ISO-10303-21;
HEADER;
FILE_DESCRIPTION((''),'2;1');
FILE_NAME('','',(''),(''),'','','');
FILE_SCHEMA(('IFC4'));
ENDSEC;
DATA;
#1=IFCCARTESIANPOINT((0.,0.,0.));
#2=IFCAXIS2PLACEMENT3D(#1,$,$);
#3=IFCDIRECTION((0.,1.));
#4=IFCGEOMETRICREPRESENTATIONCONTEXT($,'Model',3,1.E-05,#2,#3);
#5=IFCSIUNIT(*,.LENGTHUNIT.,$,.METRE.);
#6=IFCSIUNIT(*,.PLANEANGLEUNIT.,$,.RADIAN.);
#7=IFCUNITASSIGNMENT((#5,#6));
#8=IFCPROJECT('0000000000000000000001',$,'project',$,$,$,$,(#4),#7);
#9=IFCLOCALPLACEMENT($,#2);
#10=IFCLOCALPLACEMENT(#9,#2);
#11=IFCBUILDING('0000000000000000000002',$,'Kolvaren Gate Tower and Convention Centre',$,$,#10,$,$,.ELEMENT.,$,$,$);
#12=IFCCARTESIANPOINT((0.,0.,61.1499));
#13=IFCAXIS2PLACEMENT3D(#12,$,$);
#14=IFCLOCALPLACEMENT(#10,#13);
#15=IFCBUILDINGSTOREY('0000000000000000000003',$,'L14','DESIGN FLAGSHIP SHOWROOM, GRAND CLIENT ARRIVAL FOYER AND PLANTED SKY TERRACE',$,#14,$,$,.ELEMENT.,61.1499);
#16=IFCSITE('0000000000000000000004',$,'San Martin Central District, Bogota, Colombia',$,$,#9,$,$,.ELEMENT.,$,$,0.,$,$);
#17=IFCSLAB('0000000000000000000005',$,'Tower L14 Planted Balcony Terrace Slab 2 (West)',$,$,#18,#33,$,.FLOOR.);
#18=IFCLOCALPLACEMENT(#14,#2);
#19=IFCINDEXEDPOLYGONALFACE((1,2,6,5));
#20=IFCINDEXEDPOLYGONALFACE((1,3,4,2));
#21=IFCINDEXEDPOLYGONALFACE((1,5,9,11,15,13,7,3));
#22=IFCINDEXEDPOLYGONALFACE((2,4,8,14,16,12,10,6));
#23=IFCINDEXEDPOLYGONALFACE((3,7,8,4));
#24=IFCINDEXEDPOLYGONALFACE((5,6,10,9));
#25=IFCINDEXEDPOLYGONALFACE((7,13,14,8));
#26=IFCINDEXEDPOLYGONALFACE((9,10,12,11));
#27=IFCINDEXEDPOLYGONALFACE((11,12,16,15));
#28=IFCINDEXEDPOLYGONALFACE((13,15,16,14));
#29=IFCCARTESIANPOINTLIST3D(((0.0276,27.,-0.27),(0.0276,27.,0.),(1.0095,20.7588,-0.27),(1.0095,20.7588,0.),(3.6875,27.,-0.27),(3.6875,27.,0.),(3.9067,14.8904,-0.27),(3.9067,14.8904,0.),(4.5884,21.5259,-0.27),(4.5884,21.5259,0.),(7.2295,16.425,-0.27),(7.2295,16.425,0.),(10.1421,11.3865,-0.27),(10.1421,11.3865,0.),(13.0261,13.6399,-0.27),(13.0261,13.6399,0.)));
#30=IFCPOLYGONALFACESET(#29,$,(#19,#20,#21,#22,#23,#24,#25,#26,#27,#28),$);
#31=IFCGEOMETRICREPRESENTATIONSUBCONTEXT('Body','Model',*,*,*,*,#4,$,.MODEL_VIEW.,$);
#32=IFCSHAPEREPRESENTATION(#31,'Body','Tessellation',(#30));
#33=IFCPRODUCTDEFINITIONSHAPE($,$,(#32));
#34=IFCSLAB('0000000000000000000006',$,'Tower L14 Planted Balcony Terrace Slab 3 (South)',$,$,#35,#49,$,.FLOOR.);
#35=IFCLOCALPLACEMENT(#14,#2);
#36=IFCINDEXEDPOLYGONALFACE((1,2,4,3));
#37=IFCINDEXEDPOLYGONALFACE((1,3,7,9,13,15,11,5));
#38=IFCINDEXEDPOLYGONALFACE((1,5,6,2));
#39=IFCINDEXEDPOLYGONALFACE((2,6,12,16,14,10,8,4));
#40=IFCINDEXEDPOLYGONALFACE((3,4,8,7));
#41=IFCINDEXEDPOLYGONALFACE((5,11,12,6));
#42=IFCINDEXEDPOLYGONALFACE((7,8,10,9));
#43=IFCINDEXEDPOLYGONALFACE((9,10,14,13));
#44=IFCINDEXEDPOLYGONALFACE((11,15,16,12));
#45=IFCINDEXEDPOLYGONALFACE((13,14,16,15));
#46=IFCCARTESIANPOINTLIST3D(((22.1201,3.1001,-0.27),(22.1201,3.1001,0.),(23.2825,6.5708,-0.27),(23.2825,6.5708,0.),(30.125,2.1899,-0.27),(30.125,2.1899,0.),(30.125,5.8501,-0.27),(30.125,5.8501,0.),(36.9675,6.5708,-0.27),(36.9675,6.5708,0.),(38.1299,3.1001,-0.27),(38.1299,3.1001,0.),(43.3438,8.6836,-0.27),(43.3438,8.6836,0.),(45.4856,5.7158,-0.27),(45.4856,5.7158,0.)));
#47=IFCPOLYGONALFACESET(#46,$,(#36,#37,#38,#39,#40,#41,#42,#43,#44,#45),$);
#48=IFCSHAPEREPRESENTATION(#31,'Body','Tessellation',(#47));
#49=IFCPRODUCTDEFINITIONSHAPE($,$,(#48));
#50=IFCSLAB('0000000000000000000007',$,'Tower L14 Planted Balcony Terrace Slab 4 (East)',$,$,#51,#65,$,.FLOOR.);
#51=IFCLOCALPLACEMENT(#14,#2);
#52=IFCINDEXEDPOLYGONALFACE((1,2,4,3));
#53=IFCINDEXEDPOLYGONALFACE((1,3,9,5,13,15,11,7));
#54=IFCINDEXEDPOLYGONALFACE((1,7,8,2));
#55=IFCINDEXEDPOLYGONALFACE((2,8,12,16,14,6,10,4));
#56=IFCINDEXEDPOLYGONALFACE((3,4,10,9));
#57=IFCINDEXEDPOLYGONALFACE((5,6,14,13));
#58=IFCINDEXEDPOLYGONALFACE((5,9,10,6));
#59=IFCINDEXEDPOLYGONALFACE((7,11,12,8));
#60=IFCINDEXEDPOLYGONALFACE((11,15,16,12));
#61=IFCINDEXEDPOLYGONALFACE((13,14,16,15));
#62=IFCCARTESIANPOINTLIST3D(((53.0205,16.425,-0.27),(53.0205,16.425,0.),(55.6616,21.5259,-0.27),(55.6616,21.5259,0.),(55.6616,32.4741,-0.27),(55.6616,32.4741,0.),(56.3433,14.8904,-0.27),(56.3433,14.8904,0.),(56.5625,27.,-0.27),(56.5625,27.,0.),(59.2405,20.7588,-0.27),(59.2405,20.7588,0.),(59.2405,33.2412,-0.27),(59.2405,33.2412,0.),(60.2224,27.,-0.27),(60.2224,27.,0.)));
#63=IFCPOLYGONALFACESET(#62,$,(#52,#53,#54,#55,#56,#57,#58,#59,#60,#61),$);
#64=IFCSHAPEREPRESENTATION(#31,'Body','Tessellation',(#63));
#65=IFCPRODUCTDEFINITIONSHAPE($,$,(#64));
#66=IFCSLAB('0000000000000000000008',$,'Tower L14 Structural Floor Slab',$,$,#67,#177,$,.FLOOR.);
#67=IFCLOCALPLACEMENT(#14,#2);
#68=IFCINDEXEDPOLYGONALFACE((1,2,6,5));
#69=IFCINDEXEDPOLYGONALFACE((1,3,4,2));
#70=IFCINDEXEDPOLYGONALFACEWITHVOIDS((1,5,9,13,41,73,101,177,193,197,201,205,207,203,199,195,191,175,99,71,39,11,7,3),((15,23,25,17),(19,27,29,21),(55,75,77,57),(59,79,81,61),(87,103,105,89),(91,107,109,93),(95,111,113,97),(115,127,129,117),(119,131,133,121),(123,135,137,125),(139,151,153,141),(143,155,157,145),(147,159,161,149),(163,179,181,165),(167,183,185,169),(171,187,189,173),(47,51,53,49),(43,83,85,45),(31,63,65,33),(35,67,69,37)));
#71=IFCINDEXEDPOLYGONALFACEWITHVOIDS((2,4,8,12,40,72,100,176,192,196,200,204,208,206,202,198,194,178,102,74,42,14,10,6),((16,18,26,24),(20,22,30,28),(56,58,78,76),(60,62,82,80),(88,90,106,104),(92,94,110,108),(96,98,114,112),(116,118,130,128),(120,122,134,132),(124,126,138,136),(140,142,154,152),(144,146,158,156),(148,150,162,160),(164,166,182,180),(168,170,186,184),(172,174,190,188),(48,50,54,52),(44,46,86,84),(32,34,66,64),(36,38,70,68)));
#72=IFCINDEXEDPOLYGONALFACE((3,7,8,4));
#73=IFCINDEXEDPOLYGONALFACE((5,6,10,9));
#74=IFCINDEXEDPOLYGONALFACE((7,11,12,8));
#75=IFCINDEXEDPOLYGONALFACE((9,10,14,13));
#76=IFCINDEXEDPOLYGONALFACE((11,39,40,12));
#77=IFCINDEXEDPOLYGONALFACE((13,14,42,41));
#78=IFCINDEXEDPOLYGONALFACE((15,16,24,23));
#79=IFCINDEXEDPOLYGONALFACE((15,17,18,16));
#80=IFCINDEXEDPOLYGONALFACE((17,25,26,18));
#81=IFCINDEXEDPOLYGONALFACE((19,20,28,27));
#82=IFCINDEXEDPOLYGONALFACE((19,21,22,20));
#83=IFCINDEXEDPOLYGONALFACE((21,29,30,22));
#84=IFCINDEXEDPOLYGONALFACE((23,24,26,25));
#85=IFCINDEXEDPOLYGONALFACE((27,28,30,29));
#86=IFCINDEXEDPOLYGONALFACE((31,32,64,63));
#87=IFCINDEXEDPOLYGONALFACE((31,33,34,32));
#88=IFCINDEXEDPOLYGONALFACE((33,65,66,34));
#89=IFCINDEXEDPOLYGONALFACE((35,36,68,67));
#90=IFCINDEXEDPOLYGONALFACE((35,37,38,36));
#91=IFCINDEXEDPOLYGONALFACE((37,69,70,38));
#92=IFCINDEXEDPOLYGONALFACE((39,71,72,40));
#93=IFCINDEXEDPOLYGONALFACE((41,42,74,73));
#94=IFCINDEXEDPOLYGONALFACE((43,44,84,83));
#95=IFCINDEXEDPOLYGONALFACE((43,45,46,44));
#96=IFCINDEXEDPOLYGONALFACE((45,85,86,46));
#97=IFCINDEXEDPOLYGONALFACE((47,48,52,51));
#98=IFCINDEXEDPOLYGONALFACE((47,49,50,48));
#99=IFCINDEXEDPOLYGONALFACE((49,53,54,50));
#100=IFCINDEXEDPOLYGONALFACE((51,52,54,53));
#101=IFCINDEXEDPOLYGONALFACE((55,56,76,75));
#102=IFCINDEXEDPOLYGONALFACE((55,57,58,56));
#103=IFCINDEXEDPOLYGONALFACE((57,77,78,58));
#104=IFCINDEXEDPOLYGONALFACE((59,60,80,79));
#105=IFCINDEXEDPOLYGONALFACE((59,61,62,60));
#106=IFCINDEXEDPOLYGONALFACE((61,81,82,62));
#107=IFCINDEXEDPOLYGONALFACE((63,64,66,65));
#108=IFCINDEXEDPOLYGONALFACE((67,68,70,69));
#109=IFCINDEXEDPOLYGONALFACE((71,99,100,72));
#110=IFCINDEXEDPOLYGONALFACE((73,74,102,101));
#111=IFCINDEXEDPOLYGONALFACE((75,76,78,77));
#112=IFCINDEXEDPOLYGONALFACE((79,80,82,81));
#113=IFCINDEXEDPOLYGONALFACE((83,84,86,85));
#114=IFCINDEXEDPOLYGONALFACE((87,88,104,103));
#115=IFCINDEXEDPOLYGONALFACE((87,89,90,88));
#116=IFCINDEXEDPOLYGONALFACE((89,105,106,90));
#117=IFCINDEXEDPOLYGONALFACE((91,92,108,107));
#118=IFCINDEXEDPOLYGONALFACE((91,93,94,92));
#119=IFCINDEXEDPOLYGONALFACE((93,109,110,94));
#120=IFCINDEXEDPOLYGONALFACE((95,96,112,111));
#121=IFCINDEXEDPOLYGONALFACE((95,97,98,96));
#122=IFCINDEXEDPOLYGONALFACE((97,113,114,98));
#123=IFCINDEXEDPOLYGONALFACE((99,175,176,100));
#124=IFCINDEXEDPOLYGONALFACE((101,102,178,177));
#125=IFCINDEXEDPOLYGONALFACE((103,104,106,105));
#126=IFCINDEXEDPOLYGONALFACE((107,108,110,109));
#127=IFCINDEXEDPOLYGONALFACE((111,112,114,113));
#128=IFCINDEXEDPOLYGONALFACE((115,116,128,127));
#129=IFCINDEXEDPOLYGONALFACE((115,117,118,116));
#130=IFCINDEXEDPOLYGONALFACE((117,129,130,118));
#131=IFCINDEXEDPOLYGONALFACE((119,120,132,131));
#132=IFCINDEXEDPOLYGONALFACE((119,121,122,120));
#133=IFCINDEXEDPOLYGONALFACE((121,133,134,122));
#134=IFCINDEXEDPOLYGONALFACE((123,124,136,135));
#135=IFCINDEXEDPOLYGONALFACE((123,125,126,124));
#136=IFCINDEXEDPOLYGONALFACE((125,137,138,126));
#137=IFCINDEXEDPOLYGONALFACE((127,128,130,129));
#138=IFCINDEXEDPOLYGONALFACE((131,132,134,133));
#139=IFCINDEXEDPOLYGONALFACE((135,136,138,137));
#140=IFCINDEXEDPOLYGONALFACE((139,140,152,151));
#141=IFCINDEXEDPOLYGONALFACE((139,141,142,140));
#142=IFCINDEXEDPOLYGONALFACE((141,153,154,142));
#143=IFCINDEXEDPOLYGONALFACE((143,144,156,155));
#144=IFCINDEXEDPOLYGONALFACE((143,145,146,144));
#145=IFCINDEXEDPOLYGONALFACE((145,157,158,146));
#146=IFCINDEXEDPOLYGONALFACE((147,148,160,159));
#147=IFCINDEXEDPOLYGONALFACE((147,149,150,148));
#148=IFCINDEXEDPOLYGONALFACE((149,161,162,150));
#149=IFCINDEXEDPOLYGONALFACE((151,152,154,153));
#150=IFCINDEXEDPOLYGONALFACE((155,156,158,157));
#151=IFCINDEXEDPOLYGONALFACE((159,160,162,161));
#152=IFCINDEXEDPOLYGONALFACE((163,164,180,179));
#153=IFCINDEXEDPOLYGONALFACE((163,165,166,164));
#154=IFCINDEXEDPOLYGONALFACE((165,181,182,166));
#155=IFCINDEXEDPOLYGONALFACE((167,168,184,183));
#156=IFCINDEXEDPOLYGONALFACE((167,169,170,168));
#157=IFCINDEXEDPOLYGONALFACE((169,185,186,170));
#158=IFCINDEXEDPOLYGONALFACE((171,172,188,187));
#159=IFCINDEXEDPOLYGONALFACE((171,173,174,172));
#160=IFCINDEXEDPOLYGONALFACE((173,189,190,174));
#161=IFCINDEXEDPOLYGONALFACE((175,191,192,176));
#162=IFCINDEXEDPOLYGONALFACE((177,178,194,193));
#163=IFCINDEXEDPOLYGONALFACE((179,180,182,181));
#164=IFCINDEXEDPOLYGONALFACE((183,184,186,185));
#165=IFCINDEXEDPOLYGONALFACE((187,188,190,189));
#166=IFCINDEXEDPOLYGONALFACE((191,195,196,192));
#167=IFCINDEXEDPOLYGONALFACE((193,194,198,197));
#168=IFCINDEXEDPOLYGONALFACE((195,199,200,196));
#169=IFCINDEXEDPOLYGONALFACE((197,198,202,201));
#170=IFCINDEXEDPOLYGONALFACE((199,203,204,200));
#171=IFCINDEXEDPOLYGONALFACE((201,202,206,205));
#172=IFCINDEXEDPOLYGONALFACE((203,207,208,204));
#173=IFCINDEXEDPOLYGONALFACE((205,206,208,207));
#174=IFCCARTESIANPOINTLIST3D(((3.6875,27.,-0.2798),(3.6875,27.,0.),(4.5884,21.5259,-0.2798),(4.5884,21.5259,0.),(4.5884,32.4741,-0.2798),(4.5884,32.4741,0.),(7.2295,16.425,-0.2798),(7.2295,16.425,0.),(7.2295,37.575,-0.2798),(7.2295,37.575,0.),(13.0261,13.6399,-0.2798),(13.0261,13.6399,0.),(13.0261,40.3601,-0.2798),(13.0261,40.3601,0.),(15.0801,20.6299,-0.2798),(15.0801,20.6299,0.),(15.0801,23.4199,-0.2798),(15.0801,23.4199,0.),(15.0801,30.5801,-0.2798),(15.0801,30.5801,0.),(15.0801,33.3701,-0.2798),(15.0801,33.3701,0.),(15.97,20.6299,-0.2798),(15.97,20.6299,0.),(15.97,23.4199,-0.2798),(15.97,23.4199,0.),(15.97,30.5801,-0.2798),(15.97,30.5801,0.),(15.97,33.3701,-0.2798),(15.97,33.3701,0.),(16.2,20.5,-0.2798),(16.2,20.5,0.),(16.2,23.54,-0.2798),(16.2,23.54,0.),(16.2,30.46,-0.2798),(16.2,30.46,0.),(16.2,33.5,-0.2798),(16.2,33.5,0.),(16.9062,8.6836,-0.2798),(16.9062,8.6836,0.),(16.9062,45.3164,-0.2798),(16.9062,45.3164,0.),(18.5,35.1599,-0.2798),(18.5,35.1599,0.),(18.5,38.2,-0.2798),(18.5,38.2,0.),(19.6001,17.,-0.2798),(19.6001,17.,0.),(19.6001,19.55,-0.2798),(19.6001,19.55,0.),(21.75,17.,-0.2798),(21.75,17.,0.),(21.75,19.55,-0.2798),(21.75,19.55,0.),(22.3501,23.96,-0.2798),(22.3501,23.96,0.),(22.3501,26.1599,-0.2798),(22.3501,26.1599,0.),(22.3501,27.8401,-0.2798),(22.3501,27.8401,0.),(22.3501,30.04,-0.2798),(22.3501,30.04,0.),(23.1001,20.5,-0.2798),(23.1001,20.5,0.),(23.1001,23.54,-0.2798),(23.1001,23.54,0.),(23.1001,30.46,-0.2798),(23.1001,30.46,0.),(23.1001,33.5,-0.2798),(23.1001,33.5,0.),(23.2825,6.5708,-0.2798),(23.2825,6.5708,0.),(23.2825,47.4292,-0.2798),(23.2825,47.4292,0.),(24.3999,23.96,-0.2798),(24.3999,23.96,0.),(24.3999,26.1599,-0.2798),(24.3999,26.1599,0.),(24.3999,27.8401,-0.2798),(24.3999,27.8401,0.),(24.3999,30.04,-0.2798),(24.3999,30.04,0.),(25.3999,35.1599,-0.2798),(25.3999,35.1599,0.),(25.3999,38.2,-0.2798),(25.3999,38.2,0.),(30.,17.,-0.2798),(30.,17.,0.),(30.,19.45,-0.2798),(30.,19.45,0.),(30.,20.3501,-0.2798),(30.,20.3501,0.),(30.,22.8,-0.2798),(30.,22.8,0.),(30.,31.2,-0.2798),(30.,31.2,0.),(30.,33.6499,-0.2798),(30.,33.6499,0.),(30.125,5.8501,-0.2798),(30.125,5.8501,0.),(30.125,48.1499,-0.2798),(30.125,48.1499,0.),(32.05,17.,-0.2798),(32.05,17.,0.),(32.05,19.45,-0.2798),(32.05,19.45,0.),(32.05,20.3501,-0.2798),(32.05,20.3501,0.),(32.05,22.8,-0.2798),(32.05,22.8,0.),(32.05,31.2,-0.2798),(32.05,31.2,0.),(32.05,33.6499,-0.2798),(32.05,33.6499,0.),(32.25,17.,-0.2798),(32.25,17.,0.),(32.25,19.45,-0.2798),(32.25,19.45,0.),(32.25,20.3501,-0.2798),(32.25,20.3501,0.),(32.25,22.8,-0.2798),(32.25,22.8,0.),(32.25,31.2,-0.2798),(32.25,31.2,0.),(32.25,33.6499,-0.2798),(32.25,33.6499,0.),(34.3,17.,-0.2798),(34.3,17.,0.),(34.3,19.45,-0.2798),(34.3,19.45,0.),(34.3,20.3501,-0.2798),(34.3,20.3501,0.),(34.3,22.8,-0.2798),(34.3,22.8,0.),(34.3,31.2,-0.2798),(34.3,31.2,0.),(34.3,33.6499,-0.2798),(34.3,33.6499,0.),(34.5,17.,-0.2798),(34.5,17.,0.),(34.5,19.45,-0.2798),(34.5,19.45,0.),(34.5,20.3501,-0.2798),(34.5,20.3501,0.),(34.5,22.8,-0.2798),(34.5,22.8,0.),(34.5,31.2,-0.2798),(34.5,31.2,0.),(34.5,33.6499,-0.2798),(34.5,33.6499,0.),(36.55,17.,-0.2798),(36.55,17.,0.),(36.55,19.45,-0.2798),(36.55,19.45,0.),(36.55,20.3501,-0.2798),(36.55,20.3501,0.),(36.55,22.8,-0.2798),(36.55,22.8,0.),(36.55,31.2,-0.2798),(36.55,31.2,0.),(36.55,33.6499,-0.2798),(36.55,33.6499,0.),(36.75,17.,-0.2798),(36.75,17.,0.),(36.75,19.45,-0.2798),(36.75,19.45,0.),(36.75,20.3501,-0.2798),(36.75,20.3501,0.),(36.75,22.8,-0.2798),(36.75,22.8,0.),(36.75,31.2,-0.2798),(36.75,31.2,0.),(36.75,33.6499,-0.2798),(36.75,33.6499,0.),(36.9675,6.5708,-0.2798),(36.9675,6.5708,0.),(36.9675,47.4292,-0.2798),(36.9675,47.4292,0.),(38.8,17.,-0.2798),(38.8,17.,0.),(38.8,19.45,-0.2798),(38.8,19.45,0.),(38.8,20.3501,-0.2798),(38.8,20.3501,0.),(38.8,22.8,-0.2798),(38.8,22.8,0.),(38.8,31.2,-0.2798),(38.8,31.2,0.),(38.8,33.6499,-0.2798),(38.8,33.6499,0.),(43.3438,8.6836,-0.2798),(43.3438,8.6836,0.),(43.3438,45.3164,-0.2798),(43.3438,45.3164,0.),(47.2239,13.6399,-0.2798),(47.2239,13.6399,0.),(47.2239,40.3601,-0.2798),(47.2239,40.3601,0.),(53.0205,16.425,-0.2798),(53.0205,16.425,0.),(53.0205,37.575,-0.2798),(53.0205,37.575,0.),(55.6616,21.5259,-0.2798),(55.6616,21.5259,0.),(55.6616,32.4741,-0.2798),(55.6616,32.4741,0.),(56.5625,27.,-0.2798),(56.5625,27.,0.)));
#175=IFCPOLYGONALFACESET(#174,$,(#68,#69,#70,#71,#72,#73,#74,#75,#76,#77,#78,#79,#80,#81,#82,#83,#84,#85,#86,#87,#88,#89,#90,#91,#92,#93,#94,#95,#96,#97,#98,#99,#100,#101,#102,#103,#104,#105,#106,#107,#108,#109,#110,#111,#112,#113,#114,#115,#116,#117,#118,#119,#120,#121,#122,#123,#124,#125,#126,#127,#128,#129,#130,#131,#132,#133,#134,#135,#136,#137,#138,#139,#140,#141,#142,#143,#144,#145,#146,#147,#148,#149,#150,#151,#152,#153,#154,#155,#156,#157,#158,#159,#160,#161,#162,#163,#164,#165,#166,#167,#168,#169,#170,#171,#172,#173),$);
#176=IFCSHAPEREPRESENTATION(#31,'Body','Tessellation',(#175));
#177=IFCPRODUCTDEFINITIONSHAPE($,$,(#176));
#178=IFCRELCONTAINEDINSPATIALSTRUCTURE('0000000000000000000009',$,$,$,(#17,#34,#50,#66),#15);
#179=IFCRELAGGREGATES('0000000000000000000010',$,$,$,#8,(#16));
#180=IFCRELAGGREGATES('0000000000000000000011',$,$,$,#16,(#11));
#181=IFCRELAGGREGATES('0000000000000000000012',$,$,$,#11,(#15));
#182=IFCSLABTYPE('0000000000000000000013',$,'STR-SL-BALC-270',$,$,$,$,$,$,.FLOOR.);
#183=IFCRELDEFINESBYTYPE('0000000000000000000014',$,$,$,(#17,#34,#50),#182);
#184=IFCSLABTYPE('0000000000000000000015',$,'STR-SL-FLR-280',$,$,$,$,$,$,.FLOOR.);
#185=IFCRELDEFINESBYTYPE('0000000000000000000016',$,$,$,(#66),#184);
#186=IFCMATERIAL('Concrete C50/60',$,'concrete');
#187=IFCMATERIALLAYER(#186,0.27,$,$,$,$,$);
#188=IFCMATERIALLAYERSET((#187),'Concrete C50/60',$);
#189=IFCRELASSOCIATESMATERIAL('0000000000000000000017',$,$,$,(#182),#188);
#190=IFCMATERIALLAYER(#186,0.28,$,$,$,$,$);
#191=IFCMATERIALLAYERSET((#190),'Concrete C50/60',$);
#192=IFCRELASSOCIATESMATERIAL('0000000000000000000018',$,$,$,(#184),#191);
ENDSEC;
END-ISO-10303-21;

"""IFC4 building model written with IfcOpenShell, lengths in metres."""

from ifc_helpers import new_model, si_unit, direction, frame, origin, place, context, subcontext, project, spatial, polyline, outline, extrude, material, layer, layer_set, type_object, element, save


model = new_model("IFC4")

# Units and contexts
model_context = context("Model", 3, precision=1e-05, world=origin(), true_north=direction((0.0, 1.0)))
body_context = subcontext(model_context, "Body", "Model", "MODEL_VIEW")
ifc_project = project(units=[si_unit("LENGTHUNIT", "METRE"), si_unit("PLANEANGLEUNIT", "RADIAN")], contexts=[model_context])

# Site, building, storey
site_placement = place(None, origin())
site = spatial("IfcSite", under=ifc_project, at=site_placement, Name="San Martin Central District, Bogota, Colombia", CompositionType="ELEMENT", RefElevation=0.0)
building_placement = place(site_placement, origin())
building = spatial("IfcBuilding", under=site, at=building_placement, Name="Kolvaren Gate Tower and Convention Centre", CompositionType="ELEMENT")
storey_placement = place(building_placement, frame((0.0, 0.0, 61.1499)))
storey = spatial("IfcBuildingStorey", under=building, at=storey_placement, Name="L14", Description="DESIGN FLAGSHIP SHOWROOM, GRAND CLIENT ARRIVAL FOYER AND PLANTED SKY TERRACE", CompositionType="ELEMENT", Elevation=61.1499)

# Slabs
ifc_material_1 = material(Name="Concrete C50/60", Category="concrete")
ifc_layer_1 = layer(ifc_material_1, 0.27)
ifc_layer_set_1 = layer_set([ifc_layer_1], Name="Concrete C50/60")
slab_type_1 = type_object("IfcSlabType", Name="STR-SL-BALC-270", PredefinedType="FLOOR", material=ifc_layer_set_1)
slab_1_placement = place(storey_placement, frame((0.0, 0.0, -0.27)))
element("IfcSlab", 1, at=slab_1_placement, inside=storey, type_object=slab_type_1, Name="Tower L14 Planted Balcony Terrace Slab 2 (West)", PredefinedType="FLOOR", context=body_context, shape_type="SweptSolid", body=[
    extrude(outline(polyline([(3.6875, 27.0), (4.5884, 21.5259), (7.2295, 16.425), (13.0261, 13.6399), (10.1421, 11.3865), (3.9067, 14.8904), (1.0095, 20.7588), (0.0276, 27.0), (3.6875, 27.0)])), origin(), (0.0, 0.0, 1.0), 0.27),
])
slab_2_placement = place(storey_placement, frame((0.0, 0.0, -0.27)))
element("IfcSlab", 2, at=slab_2_placement, inside=storey, type_object=slab_type_1, Name="Tower L14 Planted Balcony Terrace Slab 3 (South)", PredefinedType="FLOOR", context=body_context, shape_type="SweptSolid", body=[
    extrude(outline(polyline([(23.2825, 6.5708), (30.125, 5.8501), (36.9675, 6.5708), (43.3438, 8.6836), (45.4856, 5.7158), (38.1299, 3.1001), (30.125, 2.1899), (22.1201, 3.1001), (23.2825, 6.5708)])), origin(), (0.0, 0.0, 1.0), 0.27),
])
slab_3_placement = place(storey_placement, frame((0.0, 0.0, -0.27)))
element("IfcSlab", 3, at=slab_3_placement, inside=storey, type_object=slab_type_1, Name="Tower L14 Planted Balcony Terrace Slab 4 (East)", PredefinedType="FLOOR", context=body_context, shape_type="SweptSolid", body=[
    extrude(outline(polyline([(53.0205, 16.425), (55.6616, 21.5259), (56.5625, 27.0), (55.6616, 32.4741), (59.2405, 33.2412), (60.2224, 27.0), (59.2405, 20.7588), (56.3433, 14.8904), (53.0205, 16.425)])), origin(), (0.0, 0.0, 1.0), 0.27),
])
ifc_layer_2 = layer(ifc_material_1, 0.28)
ifc_layer_set_2 = layer_set([ifc_layer_2], Name="Concrete C50/60")
slab_type_2 = type_object("IfcSlabType", Name="STR-SL-FLR-280", PredefinedType="FLOOR", material=ifc_layer_set_2)
slab_4_placement = place(storey_placement, frame((0.0, 0.0, -0.2798)))
element("IfcSlab", 4, at=slab_4_placement, inside=storey, type_object=slab_type_2, Name="Tower L14 Structural Floor Slab", PredefinedType="FLOOR", context=body_context, shape_type="SweptSolid", body=[
    extrude(outline(polyline([(56.5625, 27.0), (55.6616, 32.4741), (53.0205, 37.575), (47.2239, 40.3601), (43.3438, 45.3164), (36.9675, 47.4292), (30.125, 48.1499), (23.2825, 47.4292), (16.9062, 45.3164), (13.0261, 40.3601), (7.2295, 37.575), (4.5884, 32.4741), (3.6875, 27.0), (4.5884, 21.5259), (7.2295, 16.425), (13.0261, 13.6399), (16.9062, 8.6836), (23.2825, 6.5708), (30.125, 5.8501), (36.9675, 6.5708), (43.3438, 8.6836), (47.2239, 13.6399), (53.0205, 16.425), (55.6616, 21.5259), (56.5625, 27.0)]), holes=[polyline([(36.75, 33.6499), (38.8, 33.6499), (38.8, 31.2), (36.75, 31.2), (36.75, 33.6499)]), polyline([(36.75, 20.3501), (36.75, 22.8), (38.8, 22.8), (38.8, 20.3501), (36.75, 20.3501)]), polyline([(36.75, 17.0), (36.75, 19.45), (38.8, 19.45), (38.8, 17.0), (36.75, 17.0)]), polyline([(34.5, 33.6499), (36.55, 33.6499), (36.55, 31.2), (34.5, 31.2), (34.5, 33.6499)]), polyline([(34.5, 22.8), (36.55, 22.8), (36.55, 20.3501), (34.5, 20.3501), (34.5, 22.8)]), polyline([(34.5, 17.0), (34.5, 19.45), (36.55, 19.45), (36.55, 17.0), (34.5, 17.0)]), polyline([(32.25, 31.2), (32.25, 33.6499), (34.3, 33.6499), (34.3, 31.2), (32.25, 31.2)]), polyline([(32.25, 22.8), (34.3, 22.8), (34.3, 20.3501), (32.25, 20.3501), (32.25, 22.8)]), polyline([(32.25, 17.0), (32.25, 19.45), (34.3, 19.45), (34.3, 17.0), (32.25, 17.0)]), polyline([(30.0, 31.2), (30.0, 33.6499), (32.05, 33.6499), (32.05, 31.2), (30.0, 31.2)]), polyline([(30.0, 20.3501), (30.0, 22.8), (32.05, 22.8), (32.05, 20.3501), (30.0, 20.3501)]), polyline([(30.0, 17.0), (30.0, 19.45), (32.05, 19.45), (32.05, 17.0), (30.0, 17.0)]), polyline([(25.3999, 35.1599), (18.5, 35.1599), (18.5, 38.2), (25.3999, 38.2), (25.3999, 35.1599)]), polyline([(22.3501, 27.8401), (22.3501, 30.04), (24.3999, 30.04), (24.3999, 27.8401), (22.3501, 27.8401)]), polyline([(22.3501, 23.96), (22.3501, 26.1599), (24.3999, 26.1599), (24.3999, 23.96), (22.3501, 23.96)]), polyline([(23.1001, 30.46), (16.2, 30.46), (16.2, 33.5), (23.1001, 33.5), (23.1001, 30.46)]), polyline([(23.1001, 20.5), (16.2, 20.5), (16.2, 23.54), (23.1001, 23.54), (23.1001, 20.5)]), polyline([(19.6001, 17.0), (19.6001, 19.55), (21.75, 19.55), (21.75, 17.0), (19.6001, 17.0)]), polyline([(15.0801, 23.4199), (15.97, 23.4199), (15.97, 20.6299), (15.0801, 20.6299), (15.0801, 23.4199)]), polyline([(15.0801, 30.5801), (15.0801, 33.3701), (15.97, 33.3701), (15.97, 30.5801), (15.0801, 30.5801)])]), origin(), (0.0, 0.0, 1.0), 0.2798),
])

save(model, "model.ifc")
